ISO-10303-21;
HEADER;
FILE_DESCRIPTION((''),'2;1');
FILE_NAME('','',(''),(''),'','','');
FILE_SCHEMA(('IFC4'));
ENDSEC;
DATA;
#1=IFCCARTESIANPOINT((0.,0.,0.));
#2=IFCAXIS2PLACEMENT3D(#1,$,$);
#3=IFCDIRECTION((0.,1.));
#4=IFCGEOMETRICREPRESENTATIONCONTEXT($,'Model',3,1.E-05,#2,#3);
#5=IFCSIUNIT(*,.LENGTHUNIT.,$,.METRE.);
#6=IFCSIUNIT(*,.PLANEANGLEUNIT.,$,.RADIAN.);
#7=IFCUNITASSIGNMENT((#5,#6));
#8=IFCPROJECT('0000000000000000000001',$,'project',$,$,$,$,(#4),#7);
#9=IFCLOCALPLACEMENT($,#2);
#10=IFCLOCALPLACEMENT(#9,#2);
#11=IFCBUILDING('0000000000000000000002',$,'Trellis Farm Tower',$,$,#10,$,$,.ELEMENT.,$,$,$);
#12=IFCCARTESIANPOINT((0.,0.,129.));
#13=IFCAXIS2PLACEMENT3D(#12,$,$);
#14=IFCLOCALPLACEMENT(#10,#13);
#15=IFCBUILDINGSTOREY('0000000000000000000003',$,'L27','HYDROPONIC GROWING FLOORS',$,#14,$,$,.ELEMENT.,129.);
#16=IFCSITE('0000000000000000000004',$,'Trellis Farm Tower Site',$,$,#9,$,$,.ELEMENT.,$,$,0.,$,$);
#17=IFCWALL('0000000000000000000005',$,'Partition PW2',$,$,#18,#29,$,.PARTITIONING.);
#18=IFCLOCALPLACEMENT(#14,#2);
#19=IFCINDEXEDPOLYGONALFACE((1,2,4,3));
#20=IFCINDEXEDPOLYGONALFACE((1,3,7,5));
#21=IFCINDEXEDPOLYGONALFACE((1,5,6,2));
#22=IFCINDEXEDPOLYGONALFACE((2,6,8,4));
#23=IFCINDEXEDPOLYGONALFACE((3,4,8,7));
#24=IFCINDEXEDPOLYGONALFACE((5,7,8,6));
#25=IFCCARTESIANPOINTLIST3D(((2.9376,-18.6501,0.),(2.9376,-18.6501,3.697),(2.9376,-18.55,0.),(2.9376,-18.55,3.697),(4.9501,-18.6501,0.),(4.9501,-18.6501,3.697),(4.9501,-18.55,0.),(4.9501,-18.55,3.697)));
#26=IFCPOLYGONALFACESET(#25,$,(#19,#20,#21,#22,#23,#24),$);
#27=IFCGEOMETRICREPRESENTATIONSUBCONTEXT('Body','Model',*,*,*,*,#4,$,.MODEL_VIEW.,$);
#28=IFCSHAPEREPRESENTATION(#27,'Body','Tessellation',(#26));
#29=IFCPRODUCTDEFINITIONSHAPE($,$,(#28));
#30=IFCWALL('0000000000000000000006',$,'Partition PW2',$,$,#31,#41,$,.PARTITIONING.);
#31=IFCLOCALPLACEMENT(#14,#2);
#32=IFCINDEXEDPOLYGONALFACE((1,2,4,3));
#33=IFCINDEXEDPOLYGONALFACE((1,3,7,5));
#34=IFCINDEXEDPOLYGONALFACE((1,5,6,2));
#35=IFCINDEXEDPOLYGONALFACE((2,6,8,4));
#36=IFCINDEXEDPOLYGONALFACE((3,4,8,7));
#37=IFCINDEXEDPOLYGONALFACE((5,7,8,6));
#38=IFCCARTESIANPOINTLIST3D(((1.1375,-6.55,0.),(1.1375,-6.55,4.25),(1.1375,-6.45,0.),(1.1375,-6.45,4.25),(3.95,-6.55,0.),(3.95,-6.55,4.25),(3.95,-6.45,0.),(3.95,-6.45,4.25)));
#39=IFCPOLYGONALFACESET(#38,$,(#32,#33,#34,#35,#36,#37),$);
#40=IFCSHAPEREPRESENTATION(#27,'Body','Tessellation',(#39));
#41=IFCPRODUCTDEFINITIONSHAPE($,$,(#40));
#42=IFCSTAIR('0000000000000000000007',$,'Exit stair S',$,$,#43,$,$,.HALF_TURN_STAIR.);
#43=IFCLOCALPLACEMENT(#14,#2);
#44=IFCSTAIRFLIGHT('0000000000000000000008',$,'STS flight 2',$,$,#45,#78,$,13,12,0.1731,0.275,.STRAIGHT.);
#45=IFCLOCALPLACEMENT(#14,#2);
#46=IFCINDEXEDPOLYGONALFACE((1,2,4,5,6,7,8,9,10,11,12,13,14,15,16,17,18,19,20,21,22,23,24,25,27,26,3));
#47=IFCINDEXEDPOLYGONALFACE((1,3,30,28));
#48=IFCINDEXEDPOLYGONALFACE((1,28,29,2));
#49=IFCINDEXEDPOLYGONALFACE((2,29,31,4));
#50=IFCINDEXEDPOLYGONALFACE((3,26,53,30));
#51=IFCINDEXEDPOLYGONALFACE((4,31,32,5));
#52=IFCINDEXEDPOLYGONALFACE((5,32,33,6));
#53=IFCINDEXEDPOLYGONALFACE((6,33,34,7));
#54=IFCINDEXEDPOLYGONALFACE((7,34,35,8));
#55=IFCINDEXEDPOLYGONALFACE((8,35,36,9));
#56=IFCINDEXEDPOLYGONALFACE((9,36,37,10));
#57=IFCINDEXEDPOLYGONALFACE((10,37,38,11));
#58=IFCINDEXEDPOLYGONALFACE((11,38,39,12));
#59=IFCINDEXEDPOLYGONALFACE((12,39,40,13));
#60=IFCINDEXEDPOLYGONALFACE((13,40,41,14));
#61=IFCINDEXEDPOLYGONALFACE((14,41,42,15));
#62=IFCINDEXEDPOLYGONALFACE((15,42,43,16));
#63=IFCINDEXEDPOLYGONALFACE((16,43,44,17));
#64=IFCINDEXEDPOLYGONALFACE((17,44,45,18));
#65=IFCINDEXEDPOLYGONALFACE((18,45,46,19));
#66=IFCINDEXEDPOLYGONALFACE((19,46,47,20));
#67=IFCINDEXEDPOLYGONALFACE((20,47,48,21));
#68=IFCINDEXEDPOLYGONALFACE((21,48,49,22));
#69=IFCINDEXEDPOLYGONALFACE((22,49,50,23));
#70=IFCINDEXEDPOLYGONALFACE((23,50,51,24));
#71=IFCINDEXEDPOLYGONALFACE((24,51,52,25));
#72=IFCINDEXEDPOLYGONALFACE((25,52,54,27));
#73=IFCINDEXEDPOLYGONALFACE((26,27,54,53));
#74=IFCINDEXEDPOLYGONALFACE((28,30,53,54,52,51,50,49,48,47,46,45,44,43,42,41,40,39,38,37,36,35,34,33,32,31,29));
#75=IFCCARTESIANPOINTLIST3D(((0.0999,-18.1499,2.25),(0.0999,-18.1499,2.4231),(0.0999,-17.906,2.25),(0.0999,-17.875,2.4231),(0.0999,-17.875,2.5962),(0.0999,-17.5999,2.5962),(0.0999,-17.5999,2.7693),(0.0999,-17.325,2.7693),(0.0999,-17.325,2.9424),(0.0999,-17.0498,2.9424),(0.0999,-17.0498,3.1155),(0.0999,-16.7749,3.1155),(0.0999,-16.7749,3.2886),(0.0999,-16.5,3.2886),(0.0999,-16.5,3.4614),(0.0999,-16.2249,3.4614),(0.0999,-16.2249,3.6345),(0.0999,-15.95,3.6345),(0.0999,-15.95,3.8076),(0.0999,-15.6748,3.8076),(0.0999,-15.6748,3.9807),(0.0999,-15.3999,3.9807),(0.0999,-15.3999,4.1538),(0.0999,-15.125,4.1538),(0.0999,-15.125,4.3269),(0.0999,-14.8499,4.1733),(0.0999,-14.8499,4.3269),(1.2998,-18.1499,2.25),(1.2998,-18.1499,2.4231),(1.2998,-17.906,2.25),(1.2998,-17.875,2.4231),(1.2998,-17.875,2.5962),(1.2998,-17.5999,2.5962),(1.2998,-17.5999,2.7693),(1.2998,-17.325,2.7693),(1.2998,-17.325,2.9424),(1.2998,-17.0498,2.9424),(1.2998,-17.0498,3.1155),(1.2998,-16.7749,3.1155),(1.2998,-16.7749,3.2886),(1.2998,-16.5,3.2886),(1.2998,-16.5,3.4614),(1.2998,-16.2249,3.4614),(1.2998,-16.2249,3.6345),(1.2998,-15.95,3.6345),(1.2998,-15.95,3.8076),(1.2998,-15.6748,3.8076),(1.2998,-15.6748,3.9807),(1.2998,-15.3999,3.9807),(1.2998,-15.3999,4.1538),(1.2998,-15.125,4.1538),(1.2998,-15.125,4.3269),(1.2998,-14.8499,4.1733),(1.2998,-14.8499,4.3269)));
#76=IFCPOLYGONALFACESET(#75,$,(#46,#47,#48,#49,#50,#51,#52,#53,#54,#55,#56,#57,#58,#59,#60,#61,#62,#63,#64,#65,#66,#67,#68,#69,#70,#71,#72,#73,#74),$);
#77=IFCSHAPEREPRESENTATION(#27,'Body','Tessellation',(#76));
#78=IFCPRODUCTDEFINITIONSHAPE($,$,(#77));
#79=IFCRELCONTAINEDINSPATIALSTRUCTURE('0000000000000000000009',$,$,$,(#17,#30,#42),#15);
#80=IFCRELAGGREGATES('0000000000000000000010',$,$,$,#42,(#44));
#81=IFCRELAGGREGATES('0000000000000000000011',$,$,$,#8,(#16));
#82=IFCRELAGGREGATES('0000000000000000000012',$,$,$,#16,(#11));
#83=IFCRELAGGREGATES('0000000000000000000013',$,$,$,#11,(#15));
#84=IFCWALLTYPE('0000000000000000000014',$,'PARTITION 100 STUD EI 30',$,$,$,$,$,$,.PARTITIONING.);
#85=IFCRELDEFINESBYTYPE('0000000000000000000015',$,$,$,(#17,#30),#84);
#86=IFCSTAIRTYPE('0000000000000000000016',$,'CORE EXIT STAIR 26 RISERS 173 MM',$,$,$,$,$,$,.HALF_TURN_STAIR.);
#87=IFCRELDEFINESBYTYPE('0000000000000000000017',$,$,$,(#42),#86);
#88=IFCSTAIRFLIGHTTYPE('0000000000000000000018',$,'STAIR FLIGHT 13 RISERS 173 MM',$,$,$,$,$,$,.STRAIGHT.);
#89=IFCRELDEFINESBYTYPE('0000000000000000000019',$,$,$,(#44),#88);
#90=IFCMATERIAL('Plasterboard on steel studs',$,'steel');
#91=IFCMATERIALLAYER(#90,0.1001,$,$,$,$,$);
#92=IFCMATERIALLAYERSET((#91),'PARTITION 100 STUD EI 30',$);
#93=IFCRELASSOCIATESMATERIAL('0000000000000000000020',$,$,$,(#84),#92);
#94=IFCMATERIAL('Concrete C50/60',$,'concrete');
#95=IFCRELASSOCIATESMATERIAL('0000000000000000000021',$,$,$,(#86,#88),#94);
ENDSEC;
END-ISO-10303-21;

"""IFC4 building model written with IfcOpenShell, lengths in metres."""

from ifc_helpers import new_model, si_unit, direction, frame, frame_2d, origin, place, context, subcontext, project, spatial, polyline, rectangle, outline, extrude, source, transform, mapped, material, layer, layer_set, type_object, element, aggregate, save


model = new_model("IFC4")

# Units and contexts
model_context = context("Model", 3, precision=1e-05, world=origin(), true_north=direction((0.0, 1.0)))
body_context = subcontext(model_context, "Body", "Model", "MODEL_VIEW")
ifc_project = project(units=[si_unit("LENGTHUNIT", "METRE"), si_unit("PLANEANGLEUNIT", "RADIAN")], contexts=[model_context])

# Site, building, storey
site_placement = place(None, origin())
site = spatial("IfcSite", under=ifc_project, at=site_placement, Name="Trellis Farm Tower Site", CompositionType="ELEMENT", RefElevation=0.0)
building_placement = place(site_placement, origin())
building = spatial("IfcBuilding", under=site, at=building_placement, Name="Trellis Farm Tower", CompositionType="ELEMENT")
storey_placement = place(building_placement, frame((0.0, 0.0, 129.0)))
storey = spatial("IfcBuildingStorey", under=building, at=storey_placement, Name="L27", Description="HYDROPONIC GROWING FLOORS", CompositionType="ELEMENT", Elevation=129.0)

# Shared definitions
placement_1 = place(storey_placement, origin())

# Walls
ifc_material_1 = material(Name="Plasterboard on steel studs", Category="steel")
ifc_layer_1 = layer(ifc_material_1, 0.1001)
ifc_layer_set_1 = layer_set([ifc_layer_1], Name="PARTITION 100 STUD EI 30")
wall_type_1 = type_object("IfcWallType", Name="PARTITION 100 STUD EI 30", PredefinedType="PARTITIONING", material=ifc_layer_set_1)
shared_shape_1 = source(origin(), body_context, "Body", "SweptSolid", [
    extrude(rectangle(XDim=2.0125, YDim=0.1001, at=frame_2d((1.0063, 0.0))), origin(), (0.0, 0.0, 1.0), 3.697),
])
wall_1_placement = place(storey_placement, frame((2.9375, -18.6001, 0.0), z_axis=(0.0, 0.0, 1.0), x_axis=(1.0, 0.0, 0.0)))
element("IfcWall", 1, at=wall_1_placement, inside=storey, type_object=wall_type_1, Name="Partition PW2", PredefinedType="PARTITIONING", context=body_context, shape_type="MappedRepresentation", body=[
    mapped(shared_shape_1, transform((0.0, 0.0, 0.0))),
])
shared_shape_2 = source(origin(), body_context, "Body", "SweptSolid", [
    extrude(rectangle(XDim=2.8125, YDim=0.1001, at=frame_2d((1.4062, 0.0))), origin(), (0.0, 0.0, 1.0), 4.25),
])
wall_2_placement = place(storey_placement, frame((1.1375, -6.5, 0.0), z_axis=(0.0, 0.0, 1.0), x_axis=(1.0, 0.0, 0.0)))
element("IfcWall", 2, at=wall_2_placement, inside=storey, type_object=wall_type_1, Name="Partition PW2", PredefinedType="PARTITIONING", context=body_context, shape_type="MappedRepresentation", body=[
    mapped(shared_shape_2, transform((0.0, 0.0, 0.0))),
])

# Stair, stair flight
ifc_material_2 = material(Name="Concrete C50/60", Category="concrete")
stair_type = type_object("IfcStairType", Name="CORE EXIT STAIR 26 RISERS 173 MM", PredefinedType="HALF_TURN_STAIR", material=ifc_material_2)
stair = element("IfcStair", 3, at=placement_1, inside=storey, type_object=stair_type, Name="Exit stair S", PredefinedType="HALF_TURN_STAIR")
stair_flight_type = type_object("IfcStairFlightType", Name="STAIR FLIGHT 13 RISERS 173 MM", PredefinedType="STRAIGHT", material=ifc_material_2)
shared_shape_3 = source(origin(), body_context, "Body", "SweptSolid", [
    extrude(outline(polyline([(0.0, 0.0), (0.0, 0.1731), (0.2749, 0.1731), (0.2749, 0.3462), (0.55, 0.3462), (0.55, 0.5193), (0.825, 0.5193), (0.825, 0.6924), (1.1001, 0.6924), (1.1001, 0.8655), (1.375, 0.8655), (1.375, 1.0386), (1.6499, 1.0386), (1.6499, 1.2114), (1.925, 1.2114), (1.925, 1.3845), (2.2, 1.3845), (2.2, 1.5576), (2.4751, 1.5576), (2.4751, 1.7307), (2.75, 1.7307), (2.75, 1.9038), (3.0249, 1.9038), (3.0249, 2.0769), (3.3, 2.0769), (3.3, 2.25), (3.3, 1.9233), (0.2439, 0.0), (0.0, 0.0)])), frame((0.0, 0.6001, 0.0), z_axis=(0.0, -1.0, 0.0), x_axis=(1.0, 0.0, 0.0)), (0.0, 0.0, 1.0), 1.2),
])
stair_flight_placement = place(storey_placement, frame((0.7, -18.1499, 2.25), z_axis=(0.0, 0.0, 1.0), x_axis=(0.0, 1.0, 0.0)))
stair_flight = element("IfcStairFlight", 4, at=stair_flight_placement, type_object=stair_flight_type, Name="STS flight 2", NumberOfRisers=13, NumberOfTreads=12, PredefinedType="STRAIGHT", RiserHeight=0.1731, TreadLength=0.275, context=body_context, shape_type="MappedRepresentation", body=[
    mapped(shared_shape_3, transform((0.0, 0.0, 0.0))),
])
aggregate(stair, [stair_flight])

save(model, "model.ifc")
